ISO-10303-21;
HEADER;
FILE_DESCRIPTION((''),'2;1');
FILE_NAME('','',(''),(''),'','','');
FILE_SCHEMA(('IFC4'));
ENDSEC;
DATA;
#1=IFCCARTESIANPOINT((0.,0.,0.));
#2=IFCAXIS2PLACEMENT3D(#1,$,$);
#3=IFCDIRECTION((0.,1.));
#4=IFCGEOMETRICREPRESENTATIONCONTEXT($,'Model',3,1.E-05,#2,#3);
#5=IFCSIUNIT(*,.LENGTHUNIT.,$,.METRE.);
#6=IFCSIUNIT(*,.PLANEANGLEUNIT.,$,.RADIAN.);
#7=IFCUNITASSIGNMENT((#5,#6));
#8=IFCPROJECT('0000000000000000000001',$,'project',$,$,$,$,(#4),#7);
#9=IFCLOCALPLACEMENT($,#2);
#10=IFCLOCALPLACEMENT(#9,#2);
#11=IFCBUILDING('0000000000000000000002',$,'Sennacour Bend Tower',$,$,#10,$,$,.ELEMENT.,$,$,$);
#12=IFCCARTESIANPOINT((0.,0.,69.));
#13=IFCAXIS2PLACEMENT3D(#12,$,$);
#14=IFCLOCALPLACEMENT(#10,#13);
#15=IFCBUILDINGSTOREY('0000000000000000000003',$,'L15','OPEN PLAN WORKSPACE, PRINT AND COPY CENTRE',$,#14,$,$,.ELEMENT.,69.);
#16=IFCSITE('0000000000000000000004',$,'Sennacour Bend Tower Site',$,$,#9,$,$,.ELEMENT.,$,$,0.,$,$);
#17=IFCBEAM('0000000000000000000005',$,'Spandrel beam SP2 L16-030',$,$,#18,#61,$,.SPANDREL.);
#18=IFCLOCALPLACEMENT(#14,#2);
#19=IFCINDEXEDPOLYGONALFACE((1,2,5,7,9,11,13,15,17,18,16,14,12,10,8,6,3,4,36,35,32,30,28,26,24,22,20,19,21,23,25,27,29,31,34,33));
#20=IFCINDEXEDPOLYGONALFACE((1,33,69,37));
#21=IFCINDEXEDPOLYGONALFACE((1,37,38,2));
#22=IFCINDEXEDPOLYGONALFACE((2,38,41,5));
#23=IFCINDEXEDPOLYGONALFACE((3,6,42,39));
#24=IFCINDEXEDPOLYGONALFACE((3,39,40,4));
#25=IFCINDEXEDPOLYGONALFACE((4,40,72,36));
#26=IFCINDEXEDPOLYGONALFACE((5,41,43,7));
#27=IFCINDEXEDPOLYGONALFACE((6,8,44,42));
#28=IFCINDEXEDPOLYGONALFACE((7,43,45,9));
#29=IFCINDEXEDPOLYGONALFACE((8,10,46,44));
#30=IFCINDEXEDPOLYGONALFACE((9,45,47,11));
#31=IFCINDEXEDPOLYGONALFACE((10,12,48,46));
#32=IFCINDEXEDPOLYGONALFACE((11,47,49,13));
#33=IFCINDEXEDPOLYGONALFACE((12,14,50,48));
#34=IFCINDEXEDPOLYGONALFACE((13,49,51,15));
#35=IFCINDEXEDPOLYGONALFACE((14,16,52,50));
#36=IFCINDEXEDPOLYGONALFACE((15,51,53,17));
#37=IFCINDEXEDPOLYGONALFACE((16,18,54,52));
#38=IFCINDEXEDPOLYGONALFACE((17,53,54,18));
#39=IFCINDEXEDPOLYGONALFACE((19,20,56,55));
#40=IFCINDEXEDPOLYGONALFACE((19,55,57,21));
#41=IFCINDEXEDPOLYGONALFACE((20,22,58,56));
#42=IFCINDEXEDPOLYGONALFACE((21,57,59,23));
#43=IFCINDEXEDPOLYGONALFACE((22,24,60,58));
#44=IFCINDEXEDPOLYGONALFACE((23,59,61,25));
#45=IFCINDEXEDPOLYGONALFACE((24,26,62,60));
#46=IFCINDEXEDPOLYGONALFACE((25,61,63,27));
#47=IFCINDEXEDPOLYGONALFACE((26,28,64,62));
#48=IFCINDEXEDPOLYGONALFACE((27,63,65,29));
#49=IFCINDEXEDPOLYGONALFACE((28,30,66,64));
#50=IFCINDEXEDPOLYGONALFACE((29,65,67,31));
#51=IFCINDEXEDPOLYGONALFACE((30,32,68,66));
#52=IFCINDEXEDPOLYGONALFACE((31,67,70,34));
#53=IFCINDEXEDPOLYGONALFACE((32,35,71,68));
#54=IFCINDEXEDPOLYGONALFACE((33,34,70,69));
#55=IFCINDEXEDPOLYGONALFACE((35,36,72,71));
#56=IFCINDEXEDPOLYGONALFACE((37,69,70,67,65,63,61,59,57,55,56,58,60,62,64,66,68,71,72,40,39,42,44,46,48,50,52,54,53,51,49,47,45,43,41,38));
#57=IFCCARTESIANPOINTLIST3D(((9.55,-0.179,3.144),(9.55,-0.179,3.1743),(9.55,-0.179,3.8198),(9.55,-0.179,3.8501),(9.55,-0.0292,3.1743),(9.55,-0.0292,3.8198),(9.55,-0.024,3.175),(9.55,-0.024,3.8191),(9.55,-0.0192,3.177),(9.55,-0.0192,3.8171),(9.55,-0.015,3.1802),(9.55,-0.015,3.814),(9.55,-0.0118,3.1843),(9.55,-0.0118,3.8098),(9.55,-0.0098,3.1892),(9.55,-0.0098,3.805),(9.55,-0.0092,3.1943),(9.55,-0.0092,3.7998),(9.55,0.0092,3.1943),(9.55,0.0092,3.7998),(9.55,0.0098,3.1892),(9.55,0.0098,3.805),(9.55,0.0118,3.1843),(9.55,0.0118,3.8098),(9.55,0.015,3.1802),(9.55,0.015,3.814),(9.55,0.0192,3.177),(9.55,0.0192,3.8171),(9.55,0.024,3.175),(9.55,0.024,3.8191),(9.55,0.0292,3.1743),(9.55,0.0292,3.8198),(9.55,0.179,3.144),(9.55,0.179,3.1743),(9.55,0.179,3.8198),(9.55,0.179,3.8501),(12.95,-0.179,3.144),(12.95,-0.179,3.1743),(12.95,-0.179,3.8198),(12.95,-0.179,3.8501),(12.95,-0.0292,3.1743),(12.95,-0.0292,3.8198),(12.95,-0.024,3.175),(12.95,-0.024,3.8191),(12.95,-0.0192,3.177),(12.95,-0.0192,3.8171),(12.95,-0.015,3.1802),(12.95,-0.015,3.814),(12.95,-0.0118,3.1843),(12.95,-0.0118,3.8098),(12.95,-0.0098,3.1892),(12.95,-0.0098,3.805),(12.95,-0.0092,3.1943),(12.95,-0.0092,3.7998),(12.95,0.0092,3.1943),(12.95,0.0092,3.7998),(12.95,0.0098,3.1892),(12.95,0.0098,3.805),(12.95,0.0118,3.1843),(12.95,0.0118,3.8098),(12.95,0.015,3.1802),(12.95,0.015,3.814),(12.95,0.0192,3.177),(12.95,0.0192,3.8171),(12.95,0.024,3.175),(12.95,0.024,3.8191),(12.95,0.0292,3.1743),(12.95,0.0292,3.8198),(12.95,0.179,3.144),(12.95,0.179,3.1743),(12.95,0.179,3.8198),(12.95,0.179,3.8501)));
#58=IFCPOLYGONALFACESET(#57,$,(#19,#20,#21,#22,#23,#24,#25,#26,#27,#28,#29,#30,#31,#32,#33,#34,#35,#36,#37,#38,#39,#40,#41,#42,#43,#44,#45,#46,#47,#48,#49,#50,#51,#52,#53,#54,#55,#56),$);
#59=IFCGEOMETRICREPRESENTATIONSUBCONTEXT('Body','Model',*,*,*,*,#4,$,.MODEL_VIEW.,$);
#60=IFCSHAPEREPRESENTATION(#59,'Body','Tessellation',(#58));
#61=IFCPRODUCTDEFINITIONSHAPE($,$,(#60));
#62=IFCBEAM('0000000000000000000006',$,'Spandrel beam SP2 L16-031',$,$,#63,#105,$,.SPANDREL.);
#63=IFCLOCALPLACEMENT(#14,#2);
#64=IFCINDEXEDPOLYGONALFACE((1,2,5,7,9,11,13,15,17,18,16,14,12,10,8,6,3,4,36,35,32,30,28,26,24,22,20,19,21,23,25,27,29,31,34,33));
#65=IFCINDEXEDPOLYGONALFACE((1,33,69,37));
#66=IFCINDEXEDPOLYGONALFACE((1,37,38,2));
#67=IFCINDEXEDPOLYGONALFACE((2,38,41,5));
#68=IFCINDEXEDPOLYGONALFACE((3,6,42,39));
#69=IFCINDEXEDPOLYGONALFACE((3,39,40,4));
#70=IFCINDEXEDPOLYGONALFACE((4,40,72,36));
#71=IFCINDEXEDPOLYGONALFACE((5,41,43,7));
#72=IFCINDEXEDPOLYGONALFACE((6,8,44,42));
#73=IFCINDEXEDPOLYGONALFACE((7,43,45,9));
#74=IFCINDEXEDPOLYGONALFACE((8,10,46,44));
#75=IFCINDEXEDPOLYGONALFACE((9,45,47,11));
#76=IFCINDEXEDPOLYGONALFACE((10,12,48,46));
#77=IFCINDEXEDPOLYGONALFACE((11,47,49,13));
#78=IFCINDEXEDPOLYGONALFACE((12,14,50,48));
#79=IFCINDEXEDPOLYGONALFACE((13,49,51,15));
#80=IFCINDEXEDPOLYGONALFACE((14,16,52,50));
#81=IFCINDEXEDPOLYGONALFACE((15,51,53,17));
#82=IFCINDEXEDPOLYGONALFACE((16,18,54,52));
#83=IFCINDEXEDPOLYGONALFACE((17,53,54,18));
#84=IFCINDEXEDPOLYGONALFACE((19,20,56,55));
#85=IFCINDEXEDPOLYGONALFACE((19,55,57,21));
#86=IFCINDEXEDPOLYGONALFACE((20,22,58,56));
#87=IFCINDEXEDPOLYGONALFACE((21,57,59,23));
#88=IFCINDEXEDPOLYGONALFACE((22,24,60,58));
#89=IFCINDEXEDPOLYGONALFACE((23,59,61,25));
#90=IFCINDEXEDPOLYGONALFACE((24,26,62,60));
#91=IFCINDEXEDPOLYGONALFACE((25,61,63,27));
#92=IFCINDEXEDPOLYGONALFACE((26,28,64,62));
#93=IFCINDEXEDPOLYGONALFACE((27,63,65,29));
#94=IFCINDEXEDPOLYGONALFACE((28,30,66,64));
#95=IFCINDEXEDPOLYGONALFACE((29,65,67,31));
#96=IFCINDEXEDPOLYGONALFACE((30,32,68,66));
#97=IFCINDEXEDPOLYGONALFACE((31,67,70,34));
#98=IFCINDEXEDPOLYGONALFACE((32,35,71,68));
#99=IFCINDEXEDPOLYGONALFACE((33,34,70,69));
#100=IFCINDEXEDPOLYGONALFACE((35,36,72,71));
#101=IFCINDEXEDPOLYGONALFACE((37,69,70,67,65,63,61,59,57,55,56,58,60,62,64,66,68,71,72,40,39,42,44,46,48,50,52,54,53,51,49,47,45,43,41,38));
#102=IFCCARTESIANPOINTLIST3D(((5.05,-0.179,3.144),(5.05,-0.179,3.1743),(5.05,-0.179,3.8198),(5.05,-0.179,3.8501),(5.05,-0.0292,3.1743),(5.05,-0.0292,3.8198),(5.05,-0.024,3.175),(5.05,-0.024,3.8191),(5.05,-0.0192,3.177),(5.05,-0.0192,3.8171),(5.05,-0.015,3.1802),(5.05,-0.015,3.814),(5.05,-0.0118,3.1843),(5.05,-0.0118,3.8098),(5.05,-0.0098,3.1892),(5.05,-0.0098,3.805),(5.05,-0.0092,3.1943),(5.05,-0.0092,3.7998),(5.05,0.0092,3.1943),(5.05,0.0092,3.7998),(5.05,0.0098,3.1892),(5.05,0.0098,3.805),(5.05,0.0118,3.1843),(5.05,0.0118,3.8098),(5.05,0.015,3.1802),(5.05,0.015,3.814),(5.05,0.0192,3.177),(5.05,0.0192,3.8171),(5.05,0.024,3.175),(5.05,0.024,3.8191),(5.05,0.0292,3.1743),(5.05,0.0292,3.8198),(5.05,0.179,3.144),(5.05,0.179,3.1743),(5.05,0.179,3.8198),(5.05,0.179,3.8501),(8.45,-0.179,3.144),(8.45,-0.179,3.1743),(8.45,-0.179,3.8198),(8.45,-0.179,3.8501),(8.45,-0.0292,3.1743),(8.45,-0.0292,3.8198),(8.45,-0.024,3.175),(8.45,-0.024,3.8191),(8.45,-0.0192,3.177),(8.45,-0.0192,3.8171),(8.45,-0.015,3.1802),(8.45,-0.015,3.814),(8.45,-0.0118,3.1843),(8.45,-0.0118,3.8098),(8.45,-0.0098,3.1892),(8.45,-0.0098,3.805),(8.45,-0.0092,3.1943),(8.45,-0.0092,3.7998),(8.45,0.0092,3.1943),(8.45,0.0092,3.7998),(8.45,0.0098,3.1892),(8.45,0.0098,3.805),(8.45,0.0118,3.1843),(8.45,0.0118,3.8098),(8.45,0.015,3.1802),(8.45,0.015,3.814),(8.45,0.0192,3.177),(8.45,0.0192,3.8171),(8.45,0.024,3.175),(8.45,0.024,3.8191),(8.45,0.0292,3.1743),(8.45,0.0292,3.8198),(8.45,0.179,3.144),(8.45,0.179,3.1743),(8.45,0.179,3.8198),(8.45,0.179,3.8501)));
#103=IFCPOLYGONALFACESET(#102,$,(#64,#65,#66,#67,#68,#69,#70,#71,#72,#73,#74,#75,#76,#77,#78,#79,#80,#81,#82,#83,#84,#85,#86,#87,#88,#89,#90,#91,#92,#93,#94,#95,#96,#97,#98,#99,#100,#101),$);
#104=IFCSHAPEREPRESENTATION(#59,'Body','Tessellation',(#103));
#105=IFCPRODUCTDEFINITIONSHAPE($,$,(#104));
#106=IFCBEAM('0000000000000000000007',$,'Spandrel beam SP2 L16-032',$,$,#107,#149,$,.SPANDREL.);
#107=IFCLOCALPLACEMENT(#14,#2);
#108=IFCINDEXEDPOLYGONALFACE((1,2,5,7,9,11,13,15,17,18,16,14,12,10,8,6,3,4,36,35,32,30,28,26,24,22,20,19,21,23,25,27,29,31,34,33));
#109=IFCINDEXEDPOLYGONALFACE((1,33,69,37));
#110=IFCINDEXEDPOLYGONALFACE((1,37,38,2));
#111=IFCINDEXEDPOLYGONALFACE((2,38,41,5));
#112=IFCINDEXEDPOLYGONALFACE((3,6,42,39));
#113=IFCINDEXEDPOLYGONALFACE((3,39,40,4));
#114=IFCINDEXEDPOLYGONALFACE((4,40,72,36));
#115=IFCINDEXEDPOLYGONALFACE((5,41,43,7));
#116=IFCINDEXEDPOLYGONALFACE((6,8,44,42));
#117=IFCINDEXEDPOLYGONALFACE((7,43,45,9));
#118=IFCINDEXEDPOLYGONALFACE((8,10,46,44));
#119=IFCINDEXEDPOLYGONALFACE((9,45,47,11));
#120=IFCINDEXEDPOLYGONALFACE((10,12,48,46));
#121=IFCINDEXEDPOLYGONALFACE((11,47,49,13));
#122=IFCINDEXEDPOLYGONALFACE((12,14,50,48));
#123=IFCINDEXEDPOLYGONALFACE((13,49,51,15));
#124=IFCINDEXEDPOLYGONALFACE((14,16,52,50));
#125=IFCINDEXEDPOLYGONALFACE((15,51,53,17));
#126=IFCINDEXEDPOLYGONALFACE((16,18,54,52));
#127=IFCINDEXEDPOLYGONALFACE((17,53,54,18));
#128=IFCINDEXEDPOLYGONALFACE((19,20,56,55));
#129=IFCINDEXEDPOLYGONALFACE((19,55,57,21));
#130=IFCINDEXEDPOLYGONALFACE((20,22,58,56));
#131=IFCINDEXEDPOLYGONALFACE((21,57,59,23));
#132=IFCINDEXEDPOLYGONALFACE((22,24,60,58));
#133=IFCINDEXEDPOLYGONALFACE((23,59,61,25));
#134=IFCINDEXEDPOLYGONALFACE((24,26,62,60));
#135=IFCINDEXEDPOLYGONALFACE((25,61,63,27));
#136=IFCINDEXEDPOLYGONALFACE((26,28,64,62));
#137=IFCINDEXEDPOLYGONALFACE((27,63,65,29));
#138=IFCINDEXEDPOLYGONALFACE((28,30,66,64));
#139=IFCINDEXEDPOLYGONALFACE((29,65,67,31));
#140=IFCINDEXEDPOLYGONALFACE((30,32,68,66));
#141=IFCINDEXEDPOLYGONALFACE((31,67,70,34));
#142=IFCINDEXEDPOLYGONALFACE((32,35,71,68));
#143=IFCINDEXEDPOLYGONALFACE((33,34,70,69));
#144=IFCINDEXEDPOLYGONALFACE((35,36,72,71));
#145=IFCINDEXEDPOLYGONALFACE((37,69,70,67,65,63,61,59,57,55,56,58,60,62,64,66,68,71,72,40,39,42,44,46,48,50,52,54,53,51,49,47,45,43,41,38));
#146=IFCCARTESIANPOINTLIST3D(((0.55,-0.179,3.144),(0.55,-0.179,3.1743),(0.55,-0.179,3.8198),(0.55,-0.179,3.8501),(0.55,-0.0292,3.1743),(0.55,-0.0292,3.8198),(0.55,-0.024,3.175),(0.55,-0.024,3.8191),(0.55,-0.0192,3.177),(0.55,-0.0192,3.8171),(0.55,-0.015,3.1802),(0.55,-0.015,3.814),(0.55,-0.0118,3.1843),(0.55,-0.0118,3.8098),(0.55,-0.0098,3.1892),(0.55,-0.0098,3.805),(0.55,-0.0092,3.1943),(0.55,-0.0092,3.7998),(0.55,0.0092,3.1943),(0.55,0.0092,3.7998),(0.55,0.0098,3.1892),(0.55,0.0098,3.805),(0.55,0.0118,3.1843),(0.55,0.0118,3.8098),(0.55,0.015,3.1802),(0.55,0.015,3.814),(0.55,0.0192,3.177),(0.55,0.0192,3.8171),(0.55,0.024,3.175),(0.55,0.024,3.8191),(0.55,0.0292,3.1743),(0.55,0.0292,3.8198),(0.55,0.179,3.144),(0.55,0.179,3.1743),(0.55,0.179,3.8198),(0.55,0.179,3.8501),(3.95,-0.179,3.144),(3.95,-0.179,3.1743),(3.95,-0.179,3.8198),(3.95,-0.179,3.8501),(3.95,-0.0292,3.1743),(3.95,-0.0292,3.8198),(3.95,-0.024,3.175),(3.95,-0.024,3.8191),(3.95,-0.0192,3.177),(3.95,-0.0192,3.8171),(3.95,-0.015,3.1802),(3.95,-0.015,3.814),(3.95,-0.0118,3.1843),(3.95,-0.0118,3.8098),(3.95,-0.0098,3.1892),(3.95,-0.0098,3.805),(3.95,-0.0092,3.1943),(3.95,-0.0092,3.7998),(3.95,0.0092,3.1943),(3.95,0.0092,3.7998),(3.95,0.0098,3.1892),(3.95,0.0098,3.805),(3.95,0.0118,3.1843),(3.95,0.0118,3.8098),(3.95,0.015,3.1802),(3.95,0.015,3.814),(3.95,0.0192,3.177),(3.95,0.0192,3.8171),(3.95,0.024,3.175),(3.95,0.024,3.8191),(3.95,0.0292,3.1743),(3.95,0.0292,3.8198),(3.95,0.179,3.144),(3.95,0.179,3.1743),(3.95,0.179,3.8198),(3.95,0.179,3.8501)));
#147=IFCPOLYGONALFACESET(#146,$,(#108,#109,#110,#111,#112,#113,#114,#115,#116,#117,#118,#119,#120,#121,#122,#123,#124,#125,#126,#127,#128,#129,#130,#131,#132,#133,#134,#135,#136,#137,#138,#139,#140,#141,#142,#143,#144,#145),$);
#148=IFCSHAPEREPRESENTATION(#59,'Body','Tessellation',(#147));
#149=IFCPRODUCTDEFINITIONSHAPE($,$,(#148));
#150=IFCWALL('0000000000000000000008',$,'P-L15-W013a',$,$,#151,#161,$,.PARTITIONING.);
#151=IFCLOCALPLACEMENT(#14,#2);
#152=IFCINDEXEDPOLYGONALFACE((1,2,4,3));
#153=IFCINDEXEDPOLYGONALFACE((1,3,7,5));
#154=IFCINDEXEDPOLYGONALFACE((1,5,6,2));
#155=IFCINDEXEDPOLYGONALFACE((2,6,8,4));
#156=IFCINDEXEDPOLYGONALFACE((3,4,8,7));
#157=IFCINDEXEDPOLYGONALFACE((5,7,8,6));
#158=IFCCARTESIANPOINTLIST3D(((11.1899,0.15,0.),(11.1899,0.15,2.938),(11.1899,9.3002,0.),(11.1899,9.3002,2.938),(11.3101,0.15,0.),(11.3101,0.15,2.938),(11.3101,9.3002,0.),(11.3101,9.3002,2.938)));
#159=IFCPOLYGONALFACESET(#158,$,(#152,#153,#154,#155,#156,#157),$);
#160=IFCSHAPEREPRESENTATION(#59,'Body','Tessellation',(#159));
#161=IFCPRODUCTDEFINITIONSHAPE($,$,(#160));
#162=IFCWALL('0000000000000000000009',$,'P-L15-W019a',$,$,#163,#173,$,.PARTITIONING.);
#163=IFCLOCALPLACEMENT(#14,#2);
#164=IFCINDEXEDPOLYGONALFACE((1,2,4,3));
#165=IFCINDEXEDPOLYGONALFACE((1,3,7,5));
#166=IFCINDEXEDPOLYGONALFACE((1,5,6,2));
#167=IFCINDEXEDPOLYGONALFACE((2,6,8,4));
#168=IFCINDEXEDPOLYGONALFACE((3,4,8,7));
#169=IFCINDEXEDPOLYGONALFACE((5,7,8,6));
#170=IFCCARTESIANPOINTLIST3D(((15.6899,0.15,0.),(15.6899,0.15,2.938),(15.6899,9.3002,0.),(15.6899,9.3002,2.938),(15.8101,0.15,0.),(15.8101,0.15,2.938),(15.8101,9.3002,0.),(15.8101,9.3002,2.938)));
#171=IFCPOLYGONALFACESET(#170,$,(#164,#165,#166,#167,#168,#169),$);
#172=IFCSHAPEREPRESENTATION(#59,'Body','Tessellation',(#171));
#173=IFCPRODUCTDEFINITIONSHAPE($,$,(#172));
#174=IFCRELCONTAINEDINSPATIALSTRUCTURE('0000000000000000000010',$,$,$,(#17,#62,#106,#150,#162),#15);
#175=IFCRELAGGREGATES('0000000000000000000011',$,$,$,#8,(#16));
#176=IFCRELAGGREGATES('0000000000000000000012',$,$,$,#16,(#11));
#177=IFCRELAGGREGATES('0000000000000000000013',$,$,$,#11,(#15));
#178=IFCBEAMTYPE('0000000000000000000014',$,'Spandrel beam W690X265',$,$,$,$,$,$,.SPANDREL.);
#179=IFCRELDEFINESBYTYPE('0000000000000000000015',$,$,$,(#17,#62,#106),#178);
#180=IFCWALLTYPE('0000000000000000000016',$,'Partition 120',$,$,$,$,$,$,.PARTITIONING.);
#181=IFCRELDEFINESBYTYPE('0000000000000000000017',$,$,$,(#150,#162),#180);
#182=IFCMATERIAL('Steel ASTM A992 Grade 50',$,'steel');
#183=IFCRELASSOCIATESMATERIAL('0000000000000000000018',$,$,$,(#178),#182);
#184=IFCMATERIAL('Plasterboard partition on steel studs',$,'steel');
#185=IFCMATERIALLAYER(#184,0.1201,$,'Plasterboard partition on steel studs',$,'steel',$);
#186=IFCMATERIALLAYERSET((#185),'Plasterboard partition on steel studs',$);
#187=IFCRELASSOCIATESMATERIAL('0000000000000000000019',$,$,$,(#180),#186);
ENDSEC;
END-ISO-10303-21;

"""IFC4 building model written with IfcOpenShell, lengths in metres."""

from ifc_helpers import new_model, si_unit, direction, frame, frame_2d, origin, origin_2d, place, context, subcontext, project, spatial, rectangle, i_section, extrude, material, layer, layer_set, material_profile, profile_set, type_object, element, save


model = new_model("IFC4")

# Units and contexts
model_context = context("Model", 3, precision=1e-05, world=origin(), true_north=direction((0.0, 1.0)))
body_context = subcontext(model_context, "Body", "Model", "MODEL_VIEW")
ifc_project = project(units=[si_unit("LENGTHUNIT", "METRE"), si_unit("PLANEANGLEUNIT", "RADIAN")], contexts=[model_context])

# Site, building, storey
site_placement = place(None, origin())
site = spatial("IfcSite", under=ifc_project, at=site_placement, Name="Sennacour Bend Tower Site", CompositionType="ELEMENT", RefElevation=0.0)
building_placement = place(site_placement, origin())
building = spatial("IfcBuilding", under=site, at=building_placement, Name="Sennacour Bend Tower", CompositionType="ELEMENT")
storey_placement = place(building_placement, frame((0.0, 0.0, 69.0)))
storey = spatial("IfcBuildingStorey", under=building, at=storey_placement, Name="L15", Description="OPEN PLAN WORKSPACE, PRINT AND COPY CENTRE", CompositionType="ELEMENT", Elevation=69.0)

# Beams
ifc_material_1 = material(Name="Steel ASTM A992 Grade 50", Category="steel")
ifc_material_profile_1 = material_profile(ifc_material_1, i_section(OverallWidth=0.3579, OverallDepth=0.7061, WebThickness=0.0183, FlangeThickness=0.0303, FilletRadius=0.02, at=origin_2d()), Name="Steel ASTM A992 Grade 50", Category="steel")
ifc_profile_set_1 = profile_set([ifc_material_profile_1], Name="Steel ASTM A992 Grade 50")
beam_type_1 = type_object("IfcBeamType", Name="Spandrel beam W690X265", PredefinedType="SPANDREL", material=ifc_profile_set_1)
for number, where, z_axis, x_axis, name in (
    (1, (12.95, 0.0, 3.4971), (-1.0, 0.0, 0.0), (0.0, -1.0, 0.0), "Spandrel beam SP2 L16-030"),
    (2, (8.45, 0.0, 3.4971), (-1.0, 0.0, 0.0), (0.0, -1.0, 0.0), "Spandrel beam SP2 L16-031"),
    (3, (3.95, 0.0, 3.4971), (-1.0, 0.0, 0.0), (0.0, -1.0, 0.0), "Spandrel beam SP2 L16-032"),
):
    element("IfcBeam", number, at=place(storey_placement, frame(where, z_axis=z_axis, x_axis=x_axis)), inside=storey, type_object=beam_type_1, Name=name, PredefinedType="SPANDREL", context=body_context, shape_type="SweptSolid", body=[
        extrude(i_section(OverallWidth=0.3579, OverallDepth=0.7061, WebThickness=0.0183, FlangeThickness=0.0303, FilletRadius=0.02, at=origin_2d()), origin(), (0.0, 0.0, 1.0), 3.3999),
    ])

# Walls
ifc_material_2 = material(Name="Plasterboard partition on steel studs", Category="steel")
ifc_layer_1 = layer(ifc_material_2, 0.1201, Name="Plasterboard partition on steel studs", Category="steel")
ifc_layer_set_1 = layer_set([ifc_layer_1], Name="Plasterboard partition on steel studs")
wall_type_1 = type_object("IfcWallType", Name="Partition 120", PredefinedType="PARTITIONING", material=ifc_layer_set_1)
for number, where, z_axis, x_axis, name in (
    (4, (11.25, 0.1499, 0.0), (0.0, 0.0, 1.0), (0.0, 1.0, 0.0), "P-L15-W013a"),
    (5, (15.75, 0.1499, 0.0), (0.0, 0.0, 1.0), (0.0, 1.0, 0.0), "P-L15-W019a"),
):
    element("IfcWall", number, at=place(storey_placement, frame(where, z_axis=z_axis, x_axis=x_axis)), inside=storey, type_object=wall_type_1, Name=name, PredefinedType="PARTITIONING", context=body_context, shape_type="SweptSolid", body=[
        extrude(rectangle(XDim=9.1501, YDim=0.1201, at=frame_2d((4.5752, 0.0))), origin(), (0.0, 0.0, 1.0), 2.938),
    ])

save(model, "model.ifc")
